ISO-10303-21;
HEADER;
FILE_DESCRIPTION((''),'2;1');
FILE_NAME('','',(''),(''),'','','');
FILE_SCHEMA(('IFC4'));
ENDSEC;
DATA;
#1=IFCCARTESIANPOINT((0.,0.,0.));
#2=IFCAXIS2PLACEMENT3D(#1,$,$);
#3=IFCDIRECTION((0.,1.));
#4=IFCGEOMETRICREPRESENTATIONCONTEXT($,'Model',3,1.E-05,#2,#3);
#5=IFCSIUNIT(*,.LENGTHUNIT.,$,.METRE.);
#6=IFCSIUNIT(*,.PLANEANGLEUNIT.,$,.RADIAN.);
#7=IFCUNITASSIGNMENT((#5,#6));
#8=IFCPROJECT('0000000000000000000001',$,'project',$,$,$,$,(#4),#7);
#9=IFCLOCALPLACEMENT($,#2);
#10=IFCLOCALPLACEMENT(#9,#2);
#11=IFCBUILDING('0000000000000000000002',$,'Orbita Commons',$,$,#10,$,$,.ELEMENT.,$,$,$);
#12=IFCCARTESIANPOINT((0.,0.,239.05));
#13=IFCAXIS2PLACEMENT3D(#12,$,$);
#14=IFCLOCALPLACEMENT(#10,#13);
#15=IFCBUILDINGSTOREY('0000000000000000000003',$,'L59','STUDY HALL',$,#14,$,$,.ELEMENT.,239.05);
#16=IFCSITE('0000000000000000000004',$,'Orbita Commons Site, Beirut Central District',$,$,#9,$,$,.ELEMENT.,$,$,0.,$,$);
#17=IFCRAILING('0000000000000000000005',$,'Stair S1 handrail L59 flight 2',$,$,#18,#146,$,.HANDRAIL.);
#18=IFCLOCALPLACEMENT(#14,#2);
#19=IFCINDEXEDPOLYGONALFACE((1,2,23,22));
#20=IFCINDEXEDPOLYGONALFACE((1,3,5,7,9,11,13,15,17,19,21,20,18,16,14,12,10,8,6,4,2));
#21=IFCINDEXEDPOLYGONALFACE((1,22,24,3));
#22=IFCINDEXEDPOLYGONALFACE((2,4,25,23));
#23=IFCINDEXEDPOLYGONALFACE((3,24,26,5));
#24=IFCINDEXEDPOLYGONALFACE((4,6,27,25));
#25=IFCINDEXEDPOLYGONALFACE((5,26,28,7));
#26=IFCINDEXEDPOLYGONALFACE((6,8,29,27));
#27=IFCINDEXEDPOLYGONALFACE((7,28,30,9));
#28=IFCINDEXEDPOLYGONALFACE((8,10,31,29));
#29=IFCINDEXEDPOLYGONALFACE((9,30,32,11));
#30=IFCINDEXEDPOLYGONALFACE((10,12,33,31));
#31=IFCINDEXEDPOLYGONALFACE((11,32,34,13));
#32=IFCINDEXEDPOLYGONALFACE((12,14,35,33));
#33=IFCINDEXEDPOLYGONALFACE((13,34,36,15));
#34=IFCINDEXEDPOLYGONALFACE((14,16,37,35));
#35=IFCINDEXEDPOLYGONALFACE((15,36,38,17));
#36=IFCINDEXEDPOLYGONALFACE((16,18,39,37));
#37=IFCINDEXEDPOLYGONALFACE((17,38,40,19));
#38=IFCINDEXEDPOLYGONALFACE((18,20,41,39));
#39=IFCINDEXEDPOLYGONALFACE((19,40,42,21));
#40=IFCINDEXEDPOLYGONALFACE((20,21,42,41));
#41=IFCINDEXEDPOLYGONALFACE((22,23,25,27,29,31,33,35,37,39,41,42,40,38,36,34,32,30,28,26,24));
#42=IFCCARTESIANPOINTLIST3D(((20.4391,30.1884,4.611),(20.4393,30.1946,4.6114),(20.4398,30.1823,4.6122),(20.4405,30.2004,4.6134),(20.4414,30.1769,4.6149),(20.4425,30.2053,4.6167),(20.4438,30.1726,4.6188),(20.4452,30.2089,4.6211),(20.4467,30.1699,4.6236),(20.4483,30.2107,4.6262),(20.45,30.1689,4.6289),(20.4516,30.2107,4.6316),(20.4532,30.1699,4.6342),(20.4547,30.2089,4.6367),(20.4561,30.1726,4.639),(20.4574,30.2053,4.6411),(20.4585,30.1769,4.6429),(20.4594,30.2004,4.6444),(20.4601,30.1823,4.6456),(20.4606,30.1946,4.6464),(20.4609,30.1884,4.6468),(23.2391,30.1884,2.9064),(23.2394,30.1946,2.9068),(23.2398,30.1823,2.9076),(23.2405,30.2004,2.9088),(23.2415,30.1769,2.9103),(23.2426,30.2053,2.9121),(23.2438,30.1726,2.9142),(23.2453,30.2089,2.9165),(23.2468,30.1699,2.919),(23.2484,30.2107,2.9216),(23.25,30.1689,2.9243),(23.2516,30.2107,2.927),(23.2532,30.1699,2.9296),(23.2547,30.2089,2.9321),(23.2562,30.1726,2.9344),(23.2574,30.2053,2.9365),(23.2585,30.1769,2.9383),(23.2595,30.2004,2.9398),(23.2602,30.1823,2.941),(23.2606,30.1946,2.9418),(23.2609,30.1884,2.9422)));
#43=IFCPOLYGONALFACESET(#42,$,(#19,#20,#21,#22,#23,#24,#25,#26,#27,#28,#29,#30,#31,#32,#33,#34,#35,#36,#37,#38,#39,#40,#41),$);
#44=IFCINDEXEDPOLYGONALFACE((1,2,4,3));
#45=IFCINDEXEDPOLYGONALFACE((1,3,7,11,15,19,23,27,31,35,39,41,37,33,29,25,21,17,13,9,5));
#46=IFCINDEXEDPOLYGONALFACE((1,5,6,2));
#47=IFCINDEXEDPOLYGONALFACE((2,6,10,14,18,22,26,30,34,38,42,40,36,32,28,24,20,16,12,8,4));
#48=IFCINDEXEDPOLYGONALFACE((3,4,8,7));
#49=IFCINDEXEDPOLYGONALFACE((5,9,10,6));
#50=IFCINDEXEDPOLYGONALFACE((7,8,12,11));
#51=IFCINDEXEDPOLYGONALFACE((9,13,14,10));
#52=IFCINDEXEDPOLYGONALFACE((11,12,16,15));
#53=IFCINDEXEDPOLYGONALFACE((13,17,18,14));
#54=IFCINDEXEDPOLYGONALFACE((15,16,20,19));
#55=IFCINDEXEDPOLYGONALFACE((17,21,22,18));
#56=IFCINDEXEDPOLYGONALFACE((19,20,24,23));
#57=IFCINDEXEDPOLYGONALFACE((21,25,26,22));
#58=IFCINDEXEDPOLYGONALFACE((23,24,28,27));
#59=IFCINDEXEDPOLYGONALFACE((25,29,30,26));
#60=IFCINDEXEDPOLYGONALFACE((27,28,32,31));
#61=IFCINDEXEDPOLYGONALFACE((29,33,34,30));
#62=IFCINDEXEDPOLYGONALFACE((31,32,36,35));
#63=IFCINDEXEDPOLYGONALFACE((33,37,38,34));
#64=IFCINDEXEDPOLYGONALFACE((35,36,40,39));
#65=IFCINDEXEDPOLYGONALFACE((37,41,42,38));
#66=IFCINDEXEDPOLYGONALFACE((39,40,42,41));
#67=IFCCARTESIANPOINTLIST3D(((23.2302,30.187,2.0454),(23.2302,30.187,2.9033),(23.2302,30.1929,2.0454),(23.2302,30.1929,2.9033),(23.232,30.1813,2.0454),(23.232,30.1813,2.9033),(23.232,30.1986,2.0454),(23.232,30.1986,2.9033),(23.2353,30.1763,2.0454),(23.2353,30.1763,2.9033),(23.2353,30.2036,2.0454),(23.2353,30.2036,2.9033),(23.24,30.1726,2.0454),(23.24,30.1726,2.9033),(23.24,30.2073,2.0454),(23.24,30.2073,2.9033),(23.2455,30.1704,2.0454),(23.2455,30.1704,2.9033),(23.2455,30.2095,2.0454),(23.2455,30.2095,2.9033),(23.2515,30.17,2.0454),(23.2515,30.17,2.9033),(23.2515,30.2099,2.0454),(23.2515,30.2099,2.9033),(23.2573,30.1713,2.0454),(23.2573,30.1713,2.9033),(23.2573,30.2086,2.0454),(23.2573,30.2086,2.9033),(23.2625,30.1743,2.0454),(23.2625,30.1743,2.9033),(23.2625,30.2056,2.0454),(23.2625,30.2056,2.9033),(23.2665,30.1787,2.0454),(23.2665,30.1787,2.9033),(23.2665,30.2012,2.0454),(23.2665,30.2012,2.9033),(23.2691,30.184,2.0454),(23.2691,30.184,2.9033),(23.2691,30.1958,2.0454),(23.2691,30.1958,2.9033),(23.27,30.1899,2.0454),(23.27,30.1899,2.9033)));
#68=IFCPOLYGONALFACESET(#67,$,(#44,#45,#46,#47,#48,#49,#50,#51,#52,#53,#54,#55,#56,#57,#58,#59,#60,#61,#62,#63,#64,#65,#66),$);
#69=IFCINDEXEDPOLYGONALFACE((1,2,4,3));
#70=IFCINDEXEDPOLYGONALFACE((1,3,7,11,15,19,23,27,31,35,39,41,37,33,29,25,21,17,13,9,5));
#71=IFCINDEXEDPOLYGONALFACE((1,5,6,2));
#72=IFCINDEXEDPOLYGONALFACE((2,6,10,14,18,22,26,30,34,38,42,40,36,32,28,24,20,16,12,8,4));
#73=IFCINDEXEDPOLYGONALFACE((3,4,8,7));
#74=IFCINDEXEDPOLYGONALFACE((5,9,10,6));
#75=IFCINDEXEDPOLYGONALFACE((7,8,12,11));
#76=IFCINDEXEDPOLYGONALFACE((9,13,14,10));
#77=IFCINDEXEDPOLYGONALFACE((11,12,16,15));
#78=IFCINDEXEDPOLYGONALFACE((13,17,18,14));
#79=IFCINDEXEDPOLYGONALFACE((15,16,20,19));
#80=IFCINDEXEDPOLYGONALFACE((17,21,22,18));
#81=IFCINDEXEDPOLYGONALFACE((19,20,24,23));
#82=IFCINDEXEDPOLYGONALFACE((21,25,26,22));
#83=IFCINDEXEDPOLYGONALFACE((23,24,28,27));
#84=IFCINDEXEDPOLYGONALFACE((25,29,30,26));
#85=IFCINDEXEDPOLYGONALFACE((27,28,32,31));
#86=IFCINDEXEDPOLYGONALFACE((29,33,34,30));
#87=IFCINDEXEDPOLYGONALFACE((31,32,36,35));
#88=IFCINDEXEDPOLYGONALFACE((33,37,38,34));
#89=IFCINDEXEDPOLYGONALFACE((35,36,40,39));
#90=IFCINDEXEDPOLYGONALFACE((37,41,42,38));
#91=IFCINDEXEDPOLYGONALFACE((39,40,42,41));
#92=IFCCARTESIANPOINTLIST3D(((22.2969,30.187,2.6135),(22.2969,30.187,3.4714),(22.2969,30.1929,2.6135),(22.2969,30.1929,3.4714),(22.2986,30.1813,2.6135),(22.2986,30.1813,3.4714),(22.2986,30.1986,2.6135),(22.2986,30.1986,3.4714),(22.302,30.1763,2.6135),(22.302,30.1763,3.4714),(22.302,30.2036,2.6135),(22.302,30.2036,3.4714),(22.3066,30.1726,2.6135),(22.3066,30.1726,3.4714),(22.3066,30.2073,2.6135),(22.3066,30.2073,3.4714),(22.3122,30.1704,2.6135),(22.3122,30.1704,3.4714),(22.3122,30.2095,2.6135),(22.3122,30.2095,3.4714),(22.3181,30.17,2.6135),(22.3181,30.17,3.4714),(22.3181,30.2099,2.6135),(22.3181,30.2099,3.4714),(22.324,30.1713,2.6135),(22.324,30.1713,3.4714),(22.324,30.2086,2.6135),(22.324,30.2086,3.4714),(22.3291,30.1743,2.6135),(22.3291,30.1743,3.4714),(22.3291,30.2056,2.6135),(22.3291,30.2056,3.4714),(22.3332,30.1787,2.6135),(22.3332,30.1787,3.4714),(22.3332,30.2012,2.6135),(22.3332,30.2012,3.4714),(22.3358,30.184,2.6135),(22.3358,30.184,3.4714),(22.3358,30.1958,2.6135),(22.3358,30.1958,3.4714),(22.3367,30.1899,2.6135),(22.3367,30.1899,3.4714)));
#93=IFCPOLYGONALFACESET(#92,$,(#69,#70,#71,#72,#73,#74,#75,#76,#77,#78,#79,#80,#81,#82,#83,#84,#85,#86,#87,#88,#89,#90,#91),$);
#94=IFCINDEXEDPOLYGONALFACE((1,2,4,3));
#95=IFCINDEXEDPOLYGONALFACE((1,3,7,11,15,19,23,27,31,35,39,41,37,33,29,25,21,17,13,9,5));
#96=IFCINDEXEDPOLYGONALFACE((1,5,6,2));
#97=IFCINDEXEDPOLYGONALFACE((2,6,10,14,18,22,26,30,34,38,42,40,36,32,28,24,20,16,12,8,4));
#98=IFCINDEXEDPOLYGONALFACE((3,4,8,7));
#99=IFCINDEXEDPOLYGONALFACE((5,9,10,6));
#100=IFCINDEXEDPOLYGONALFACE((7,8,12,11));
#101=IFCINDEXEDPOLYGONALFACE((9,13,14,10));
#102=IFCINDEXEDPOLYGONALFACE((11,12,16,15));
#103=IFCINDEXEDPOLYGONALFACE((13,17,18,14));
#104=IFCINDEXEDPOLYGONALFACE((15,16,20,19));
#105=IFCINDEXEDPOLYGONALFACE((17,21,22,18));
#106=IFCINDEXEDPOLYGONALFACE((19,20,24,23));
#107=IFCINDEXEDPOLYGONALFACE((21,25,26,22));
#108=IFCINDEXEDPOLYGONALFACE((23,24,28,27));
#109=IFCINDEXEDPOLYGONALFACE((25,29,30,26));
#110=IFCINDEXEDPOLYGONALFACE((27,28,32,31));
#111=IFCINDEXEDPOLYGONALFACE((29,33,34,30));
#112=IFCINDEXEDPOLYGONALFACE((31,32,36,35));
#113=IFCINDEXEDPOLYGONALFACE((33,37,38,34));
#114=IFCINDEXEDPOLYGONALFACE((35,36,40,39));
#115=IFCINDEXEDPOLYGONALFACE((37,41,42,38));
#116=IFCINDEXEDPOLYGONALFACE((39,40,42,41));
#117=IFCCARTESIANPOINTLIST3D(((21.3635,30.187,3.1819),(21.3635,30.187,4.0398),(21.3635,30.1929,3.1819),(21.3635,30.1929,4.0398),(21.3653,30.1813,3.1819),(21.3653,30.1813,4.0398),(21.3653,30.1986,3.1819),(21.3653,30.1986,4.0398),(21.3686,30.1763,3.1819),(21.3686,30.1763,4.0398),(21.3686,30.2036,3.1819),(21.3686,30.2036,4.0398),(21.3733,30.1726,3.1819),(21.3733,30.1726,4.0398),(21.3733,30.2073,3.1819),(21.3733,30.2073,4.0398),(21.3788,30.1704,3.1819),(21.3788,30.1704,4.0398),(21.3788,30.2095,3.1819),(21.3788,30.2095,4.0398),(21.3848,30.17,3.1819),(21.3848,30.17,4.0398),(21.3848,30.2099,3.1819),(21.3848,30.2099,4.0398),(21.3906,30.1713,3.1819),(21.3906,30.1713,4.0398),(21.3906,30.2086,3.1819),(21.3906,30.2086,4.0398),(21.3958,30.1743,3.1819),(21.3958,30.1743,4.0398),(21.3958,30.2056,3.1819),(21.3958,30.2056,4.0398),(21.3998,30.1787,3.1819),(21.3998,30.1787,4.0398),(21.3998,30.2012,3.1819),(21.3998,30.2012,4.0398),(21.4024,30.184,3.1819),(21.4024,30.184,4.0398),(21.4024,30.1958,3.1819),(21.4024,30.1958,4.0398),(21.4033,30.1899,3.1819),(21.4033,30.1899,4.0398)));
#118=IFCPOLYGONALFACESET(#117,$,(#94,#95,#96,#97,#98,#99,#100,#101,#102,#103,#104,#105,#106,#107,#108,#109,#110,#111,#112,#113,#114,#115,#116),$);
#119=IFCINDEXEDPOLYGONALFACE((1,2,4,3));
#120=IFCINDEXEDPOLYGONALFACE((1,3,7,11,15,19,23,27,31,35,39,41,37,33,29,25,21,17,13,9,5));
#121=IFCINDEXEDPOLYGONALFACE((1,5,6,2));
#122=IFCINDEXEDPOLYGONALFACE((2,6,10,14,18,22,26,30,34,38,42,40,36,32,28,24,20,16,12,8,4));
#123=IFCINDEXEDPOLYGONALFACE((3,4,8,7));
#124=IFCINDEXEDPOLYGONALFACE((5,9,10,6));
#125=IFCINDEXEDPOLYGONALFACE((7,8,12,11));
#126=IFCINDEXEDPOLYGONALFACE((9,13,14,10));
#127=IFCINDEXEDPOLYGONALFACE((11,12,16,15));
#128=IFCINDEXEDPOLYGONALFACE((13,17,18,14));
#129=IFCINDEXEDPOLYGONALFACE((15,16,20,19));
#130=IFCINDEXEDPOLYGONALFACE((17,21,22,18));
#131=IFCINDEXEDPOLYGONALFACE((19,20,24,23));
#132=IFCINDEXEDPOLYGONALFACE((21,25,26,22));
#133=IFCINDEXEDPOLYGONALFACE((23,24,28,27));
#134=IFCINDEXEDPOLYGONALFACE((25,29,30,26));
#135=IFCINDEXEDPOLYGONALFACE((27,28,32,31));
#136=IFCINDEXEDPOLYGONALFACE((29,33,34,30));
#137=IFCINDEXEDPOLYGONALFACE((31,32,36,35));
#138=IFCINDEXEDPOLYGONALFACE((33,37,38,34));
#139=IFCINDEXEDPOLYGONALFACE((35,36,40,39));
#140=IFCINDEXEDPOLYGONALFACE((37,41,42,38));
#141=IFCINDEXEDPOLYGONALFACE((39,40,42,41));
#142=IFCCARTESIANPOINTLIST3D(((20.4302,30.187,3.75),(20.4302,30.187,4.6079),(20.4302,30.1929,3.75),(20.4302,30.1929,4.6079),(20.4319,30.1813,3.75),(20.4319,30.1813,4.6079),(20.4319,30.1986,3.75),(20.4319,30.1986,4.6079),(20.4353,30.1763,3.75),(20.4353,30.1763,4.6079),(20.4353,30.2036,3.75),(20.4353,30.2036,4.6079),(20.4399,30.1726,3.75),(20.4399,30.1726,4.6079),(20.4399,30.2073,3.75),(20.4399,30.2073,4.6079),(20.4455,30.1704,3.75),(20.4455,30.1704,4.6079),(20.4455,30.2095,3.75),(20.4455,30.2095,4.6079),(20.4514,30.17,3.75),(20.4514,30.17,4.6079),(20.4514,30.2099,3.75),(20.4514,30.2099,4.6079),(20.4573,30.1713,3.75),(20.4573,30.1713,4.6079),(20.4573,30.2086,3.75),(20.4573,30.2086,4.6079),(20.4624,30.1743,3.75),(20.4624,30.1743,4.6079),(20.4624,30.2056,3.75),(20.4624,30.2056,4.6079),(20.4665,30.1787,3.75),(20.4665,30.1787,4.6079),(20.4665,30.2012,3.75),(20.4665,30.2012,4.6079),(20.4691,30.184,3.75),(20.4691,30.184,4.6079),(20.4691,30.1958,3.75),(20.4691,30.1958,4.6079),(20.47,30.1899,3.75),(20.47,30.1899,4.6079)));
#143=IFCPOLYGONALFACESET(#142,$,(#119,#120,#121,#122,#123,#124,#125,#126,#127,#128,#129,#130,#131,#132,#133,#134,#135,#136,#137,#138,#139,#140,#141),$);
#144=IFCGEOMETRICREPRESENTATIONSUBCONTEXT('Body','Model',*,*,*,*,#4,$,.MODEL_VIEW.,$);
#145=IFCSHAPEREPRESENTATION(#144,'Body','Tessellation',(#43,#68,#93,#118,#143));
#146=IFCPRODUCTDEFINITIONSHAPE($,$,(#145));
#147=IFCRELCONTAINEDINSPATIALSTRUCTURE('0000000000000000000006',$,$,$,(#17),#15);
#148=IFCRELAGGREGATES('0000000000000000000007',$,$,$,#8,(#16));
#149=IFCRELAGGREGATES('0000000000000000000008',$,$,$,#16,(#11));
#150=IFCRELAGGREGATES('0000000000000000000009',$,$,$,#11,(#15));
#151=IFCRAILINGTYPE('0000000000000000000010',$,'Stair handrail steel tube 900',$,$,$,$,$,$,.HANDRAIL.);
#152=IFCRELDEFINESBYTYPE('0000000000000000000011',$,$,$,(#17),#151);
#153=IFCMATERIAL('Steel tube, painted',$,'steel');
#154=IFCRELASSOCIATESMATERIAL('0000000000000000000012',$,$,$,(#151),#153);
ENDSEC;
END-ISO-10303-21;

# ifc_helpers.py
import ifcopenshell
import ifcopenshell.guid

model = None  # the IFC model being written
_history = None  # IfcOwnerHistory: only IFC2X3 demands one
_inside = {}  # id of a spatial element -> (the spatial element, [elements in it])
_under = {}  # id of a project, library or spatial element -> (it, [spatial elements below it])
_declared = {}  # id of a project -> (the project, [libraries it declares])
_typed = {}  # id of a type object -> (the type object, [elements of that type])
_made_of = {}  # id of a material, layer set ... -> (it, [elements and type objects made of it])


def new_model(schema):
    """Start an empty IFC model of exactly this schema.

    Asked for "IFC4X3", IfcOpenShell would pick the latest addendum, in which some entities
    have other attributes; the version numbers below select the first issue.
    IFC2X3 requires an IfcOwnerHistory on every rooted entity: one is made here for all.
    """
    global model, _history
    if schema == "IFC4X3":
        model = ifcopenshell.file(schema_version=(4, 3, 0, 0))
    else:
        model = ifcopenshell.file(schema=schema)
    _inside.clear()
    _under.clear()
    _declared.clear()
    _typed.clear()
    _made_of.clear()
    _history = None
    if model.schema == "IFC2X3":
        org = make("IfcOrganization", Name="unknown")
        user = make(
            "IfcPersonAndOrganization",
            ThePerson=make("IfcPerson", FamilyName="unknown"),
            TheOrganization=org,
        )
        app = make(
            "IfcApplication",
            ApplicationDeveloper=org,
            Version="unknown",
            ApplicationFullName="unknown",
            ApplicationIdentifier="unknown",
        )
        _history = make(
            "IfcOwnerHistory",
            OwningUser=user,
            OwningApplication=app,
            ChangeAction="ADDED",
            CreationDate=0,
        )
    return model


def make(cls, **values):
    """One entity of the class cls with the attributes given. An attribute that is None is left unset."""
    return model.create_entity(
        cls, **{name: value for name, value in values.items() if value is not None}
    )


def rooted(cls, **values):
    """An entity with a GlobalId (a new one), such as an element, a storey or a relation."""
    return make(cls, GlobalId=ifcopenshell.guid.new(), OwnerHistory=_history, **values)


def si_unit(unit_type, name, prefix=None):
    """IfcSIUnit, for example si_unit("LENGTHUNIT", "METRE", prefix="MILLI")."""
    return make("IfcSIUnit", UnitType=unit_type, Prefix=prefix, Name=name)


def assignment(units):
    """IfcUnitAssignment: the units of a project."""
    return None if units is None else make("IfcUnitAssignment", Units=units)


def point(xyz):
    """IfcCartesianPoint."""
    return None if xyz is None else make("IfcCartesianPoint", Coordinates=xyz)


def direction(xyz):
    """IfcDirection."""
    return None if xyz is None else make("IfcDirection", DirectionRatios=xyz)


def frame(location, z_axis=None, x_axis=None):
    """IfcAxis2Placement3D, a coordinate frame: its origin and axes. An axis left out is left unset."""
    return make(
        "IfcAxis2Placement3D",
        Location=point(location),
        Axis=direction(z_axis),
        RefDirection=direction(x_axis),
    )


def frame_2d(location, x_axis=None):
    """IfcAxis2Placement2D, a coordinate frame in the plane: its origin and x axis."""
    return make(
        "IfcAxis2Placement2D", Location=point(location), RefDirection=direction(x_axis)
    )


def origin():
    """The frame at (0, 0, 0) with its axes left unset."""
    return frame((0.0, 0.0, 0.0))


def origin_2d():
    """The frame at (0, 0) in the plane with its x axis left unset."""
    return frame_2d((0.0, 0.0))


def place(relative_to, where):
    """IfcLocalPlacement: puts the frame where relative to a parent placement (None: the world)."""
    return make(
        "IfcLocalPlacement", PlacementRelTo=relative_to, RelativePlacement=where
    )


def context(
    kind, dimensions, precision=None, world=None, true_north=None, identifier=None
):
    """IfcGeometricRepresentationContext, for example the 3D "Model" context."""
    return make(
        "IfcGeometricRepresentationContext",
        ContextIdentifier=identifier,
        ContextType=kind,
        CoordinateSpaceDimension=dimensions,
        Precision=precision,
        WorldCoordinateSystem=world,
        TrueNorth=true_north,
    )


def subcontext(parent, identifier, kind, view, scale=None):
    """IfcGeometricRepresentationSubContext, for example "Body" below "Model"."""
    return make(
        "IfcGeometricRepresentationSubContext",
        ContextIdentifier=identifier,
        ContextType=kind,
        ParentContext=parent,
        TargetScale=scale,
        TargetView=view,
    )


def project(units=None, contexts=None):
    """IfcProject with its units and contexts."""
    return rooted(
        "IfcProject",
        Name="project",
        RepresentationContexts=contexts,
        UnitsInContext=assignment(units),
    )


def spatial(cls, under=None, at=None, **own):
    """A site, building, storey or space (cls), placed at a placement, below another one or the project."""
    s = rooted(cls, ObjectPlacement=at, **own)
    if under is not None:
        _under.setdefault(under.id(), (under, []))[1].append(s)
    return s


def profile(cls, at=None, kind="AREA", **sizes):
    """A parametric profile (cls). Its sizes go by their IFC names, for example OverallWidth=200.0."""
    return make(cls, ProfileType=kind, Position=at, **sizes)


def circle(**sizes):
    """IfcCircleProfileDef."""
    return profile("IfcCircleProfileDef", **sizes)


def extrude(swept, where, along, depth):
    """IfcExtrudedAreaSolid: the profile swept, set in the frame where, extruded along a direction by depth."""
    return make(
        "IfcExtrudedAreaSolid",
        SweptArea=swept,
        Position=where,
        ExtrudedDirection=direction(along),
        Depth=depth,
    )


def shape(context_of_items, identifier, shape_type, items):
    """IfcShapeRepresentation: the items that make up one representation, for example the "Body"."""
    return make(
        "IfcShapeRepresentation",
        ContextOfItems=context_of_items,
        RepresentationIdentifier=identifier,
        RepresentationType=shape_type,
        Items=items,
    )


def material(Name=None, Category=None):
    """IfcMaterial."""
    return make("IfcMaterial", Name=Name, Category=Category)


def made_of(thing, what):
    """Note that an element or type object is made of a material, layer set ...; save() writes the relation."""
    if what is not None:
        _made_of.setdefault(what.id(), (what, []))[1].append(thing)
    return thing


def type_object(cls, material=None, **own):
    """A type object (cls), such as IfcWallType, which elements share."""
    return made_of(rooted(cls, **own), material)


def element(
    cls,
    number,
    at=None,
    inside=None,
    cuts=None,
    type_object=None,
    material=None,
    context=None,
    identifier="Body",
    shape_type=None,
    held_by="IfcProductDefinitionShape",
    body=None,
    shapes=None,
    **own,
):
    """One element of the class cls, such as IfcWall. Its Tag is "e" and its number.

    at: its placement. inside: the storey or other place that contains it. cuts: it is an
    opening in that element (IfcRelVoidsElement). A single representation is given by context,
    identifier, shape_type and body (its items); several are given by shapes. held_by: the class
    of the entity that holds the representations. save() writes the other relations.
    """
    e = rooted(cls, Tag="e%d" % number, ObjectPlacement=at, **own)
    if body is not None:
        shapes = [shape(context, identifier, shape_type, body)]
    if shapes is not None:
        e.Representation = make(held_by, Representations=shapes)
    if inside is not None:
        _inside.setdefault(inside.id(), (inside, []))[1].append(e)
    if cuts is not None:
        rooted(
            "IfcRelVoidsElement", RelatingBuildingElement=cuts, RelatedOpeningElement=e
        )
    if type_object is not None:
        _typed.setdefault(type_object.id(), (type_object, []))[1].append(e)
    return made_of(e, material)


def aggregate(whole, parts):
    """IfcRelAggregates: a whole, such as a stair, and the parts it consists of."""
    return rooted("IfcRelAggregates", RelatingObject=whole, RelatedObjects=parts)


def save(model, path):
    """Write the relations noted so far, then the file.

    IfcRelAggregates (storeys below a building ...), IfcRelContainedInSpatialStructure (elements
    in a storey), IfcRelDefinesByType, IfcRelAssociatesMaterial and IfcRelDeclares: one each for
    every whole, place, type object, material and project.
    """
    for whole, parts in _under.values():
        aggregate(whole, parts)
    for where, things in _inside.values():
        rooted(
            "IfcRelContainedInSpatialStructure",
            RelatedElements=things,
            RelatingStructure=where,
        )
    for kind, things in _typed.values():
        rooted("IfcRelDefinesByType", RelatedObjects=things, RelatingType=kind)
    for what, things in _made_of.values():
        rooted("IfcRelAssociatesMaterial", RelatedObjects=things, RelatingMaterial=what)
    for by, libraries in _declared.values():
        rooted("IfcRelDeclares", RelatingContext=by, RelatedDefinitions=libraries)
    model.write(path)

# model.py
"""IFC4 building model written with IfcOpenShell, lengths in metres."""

from ifc_helpers import new_model, si_unit, direction, frame, origin, origin_2d, place, context, subcontext, project, spatial, circle, extrude, material, type_object, element, save


model = new_model("IFC4")

# Units and contexts
model_context = context("Model", 3, precision=1e-05, world=origin(), true_north=direction((0.0, 1.0)))
body_context = subcontext(model_context, "Body", "Model", "MODEL_VIEW")
ifc_project = project(units=[si_unit("LENGTHUNIT", "METRE"), si_unit("PLANEANGLEUNIT", "RADIAN")], contexts=[model_context])

# Site, building, storey
site_placement = place(None, origin())
site = spatial("IfcSite", under=ifc_project, at=site_placement, Name="Orbita Commons Site, Beirut Central District", CompositionType="ELEMENT", RefElevation=0.0)
building_placement = place(site_placement, origin())
building = spatial("IfcBuilding", under=site, at=building_placement, Name="Orbita Commons", CompositionType="ELEMENT")
storey_placement = place(building_placement, frame((0.0, 0.0, 239.05)))
storey = spatial("IfcBuildingStorey", under=building, at=storey_placement, Name="L59", Description="STUDY HALL", CompositionType="ELEMENT", Elevation=239.05)

# Railing
ifc_material = material(Name="Steel tube, painted", Category="steel")
railing_type = type_object("IfcRailingType", Name="Stair handrail steel tube 900", PredefinedType="HANDRAIL", material=ifc_material)
for number, where, name in (
    (1, (23.25, 30.1899, 2.0454), "Stair S1 handrail L59 flight 2"),
):
    element("IfcRailing", number, at=place(storey_placement, frame(where)), inside=storey, type_object=railing_type, Name=name, PredefinedType="HANDRAIL", context=body_context, shape_type="SweptSolid", body=[
        extrude(circle(Radius=0.021, at=origin_2d()), frame((0.0, 0.0, 0.8789), z_axis=(-0.85417, 0.0, 0.519994), x_axis=(0.0, -1.0, 0.0)), (0.0, 0.0, 1.0), 3.2781),
        extrude(circle(Radius=0.02, at=origin_2d()), origin(), (0.0, 0.0, 1.0), 0.8579),
        extrude(circle(Radius=0.02, at=origin_2d()), frame((-0.9333, 0.0, 0.5681)), (0.0, 0.0, 1.0), 0.8579),
        extrude(circle(Radius=0.02, at=origin_2d()), frame((-1.8667, 0.0, 1.1365)), (0.0, 0.0, 1.0), 0.8579),
        extrude(circle(Radius=0.02, at=origin_2d()), frame((-2.8, 0.0, 1.7046)), (0.0, 0.0, 1.0), 0.8579),
    ])

save(model, "model.ifc")
